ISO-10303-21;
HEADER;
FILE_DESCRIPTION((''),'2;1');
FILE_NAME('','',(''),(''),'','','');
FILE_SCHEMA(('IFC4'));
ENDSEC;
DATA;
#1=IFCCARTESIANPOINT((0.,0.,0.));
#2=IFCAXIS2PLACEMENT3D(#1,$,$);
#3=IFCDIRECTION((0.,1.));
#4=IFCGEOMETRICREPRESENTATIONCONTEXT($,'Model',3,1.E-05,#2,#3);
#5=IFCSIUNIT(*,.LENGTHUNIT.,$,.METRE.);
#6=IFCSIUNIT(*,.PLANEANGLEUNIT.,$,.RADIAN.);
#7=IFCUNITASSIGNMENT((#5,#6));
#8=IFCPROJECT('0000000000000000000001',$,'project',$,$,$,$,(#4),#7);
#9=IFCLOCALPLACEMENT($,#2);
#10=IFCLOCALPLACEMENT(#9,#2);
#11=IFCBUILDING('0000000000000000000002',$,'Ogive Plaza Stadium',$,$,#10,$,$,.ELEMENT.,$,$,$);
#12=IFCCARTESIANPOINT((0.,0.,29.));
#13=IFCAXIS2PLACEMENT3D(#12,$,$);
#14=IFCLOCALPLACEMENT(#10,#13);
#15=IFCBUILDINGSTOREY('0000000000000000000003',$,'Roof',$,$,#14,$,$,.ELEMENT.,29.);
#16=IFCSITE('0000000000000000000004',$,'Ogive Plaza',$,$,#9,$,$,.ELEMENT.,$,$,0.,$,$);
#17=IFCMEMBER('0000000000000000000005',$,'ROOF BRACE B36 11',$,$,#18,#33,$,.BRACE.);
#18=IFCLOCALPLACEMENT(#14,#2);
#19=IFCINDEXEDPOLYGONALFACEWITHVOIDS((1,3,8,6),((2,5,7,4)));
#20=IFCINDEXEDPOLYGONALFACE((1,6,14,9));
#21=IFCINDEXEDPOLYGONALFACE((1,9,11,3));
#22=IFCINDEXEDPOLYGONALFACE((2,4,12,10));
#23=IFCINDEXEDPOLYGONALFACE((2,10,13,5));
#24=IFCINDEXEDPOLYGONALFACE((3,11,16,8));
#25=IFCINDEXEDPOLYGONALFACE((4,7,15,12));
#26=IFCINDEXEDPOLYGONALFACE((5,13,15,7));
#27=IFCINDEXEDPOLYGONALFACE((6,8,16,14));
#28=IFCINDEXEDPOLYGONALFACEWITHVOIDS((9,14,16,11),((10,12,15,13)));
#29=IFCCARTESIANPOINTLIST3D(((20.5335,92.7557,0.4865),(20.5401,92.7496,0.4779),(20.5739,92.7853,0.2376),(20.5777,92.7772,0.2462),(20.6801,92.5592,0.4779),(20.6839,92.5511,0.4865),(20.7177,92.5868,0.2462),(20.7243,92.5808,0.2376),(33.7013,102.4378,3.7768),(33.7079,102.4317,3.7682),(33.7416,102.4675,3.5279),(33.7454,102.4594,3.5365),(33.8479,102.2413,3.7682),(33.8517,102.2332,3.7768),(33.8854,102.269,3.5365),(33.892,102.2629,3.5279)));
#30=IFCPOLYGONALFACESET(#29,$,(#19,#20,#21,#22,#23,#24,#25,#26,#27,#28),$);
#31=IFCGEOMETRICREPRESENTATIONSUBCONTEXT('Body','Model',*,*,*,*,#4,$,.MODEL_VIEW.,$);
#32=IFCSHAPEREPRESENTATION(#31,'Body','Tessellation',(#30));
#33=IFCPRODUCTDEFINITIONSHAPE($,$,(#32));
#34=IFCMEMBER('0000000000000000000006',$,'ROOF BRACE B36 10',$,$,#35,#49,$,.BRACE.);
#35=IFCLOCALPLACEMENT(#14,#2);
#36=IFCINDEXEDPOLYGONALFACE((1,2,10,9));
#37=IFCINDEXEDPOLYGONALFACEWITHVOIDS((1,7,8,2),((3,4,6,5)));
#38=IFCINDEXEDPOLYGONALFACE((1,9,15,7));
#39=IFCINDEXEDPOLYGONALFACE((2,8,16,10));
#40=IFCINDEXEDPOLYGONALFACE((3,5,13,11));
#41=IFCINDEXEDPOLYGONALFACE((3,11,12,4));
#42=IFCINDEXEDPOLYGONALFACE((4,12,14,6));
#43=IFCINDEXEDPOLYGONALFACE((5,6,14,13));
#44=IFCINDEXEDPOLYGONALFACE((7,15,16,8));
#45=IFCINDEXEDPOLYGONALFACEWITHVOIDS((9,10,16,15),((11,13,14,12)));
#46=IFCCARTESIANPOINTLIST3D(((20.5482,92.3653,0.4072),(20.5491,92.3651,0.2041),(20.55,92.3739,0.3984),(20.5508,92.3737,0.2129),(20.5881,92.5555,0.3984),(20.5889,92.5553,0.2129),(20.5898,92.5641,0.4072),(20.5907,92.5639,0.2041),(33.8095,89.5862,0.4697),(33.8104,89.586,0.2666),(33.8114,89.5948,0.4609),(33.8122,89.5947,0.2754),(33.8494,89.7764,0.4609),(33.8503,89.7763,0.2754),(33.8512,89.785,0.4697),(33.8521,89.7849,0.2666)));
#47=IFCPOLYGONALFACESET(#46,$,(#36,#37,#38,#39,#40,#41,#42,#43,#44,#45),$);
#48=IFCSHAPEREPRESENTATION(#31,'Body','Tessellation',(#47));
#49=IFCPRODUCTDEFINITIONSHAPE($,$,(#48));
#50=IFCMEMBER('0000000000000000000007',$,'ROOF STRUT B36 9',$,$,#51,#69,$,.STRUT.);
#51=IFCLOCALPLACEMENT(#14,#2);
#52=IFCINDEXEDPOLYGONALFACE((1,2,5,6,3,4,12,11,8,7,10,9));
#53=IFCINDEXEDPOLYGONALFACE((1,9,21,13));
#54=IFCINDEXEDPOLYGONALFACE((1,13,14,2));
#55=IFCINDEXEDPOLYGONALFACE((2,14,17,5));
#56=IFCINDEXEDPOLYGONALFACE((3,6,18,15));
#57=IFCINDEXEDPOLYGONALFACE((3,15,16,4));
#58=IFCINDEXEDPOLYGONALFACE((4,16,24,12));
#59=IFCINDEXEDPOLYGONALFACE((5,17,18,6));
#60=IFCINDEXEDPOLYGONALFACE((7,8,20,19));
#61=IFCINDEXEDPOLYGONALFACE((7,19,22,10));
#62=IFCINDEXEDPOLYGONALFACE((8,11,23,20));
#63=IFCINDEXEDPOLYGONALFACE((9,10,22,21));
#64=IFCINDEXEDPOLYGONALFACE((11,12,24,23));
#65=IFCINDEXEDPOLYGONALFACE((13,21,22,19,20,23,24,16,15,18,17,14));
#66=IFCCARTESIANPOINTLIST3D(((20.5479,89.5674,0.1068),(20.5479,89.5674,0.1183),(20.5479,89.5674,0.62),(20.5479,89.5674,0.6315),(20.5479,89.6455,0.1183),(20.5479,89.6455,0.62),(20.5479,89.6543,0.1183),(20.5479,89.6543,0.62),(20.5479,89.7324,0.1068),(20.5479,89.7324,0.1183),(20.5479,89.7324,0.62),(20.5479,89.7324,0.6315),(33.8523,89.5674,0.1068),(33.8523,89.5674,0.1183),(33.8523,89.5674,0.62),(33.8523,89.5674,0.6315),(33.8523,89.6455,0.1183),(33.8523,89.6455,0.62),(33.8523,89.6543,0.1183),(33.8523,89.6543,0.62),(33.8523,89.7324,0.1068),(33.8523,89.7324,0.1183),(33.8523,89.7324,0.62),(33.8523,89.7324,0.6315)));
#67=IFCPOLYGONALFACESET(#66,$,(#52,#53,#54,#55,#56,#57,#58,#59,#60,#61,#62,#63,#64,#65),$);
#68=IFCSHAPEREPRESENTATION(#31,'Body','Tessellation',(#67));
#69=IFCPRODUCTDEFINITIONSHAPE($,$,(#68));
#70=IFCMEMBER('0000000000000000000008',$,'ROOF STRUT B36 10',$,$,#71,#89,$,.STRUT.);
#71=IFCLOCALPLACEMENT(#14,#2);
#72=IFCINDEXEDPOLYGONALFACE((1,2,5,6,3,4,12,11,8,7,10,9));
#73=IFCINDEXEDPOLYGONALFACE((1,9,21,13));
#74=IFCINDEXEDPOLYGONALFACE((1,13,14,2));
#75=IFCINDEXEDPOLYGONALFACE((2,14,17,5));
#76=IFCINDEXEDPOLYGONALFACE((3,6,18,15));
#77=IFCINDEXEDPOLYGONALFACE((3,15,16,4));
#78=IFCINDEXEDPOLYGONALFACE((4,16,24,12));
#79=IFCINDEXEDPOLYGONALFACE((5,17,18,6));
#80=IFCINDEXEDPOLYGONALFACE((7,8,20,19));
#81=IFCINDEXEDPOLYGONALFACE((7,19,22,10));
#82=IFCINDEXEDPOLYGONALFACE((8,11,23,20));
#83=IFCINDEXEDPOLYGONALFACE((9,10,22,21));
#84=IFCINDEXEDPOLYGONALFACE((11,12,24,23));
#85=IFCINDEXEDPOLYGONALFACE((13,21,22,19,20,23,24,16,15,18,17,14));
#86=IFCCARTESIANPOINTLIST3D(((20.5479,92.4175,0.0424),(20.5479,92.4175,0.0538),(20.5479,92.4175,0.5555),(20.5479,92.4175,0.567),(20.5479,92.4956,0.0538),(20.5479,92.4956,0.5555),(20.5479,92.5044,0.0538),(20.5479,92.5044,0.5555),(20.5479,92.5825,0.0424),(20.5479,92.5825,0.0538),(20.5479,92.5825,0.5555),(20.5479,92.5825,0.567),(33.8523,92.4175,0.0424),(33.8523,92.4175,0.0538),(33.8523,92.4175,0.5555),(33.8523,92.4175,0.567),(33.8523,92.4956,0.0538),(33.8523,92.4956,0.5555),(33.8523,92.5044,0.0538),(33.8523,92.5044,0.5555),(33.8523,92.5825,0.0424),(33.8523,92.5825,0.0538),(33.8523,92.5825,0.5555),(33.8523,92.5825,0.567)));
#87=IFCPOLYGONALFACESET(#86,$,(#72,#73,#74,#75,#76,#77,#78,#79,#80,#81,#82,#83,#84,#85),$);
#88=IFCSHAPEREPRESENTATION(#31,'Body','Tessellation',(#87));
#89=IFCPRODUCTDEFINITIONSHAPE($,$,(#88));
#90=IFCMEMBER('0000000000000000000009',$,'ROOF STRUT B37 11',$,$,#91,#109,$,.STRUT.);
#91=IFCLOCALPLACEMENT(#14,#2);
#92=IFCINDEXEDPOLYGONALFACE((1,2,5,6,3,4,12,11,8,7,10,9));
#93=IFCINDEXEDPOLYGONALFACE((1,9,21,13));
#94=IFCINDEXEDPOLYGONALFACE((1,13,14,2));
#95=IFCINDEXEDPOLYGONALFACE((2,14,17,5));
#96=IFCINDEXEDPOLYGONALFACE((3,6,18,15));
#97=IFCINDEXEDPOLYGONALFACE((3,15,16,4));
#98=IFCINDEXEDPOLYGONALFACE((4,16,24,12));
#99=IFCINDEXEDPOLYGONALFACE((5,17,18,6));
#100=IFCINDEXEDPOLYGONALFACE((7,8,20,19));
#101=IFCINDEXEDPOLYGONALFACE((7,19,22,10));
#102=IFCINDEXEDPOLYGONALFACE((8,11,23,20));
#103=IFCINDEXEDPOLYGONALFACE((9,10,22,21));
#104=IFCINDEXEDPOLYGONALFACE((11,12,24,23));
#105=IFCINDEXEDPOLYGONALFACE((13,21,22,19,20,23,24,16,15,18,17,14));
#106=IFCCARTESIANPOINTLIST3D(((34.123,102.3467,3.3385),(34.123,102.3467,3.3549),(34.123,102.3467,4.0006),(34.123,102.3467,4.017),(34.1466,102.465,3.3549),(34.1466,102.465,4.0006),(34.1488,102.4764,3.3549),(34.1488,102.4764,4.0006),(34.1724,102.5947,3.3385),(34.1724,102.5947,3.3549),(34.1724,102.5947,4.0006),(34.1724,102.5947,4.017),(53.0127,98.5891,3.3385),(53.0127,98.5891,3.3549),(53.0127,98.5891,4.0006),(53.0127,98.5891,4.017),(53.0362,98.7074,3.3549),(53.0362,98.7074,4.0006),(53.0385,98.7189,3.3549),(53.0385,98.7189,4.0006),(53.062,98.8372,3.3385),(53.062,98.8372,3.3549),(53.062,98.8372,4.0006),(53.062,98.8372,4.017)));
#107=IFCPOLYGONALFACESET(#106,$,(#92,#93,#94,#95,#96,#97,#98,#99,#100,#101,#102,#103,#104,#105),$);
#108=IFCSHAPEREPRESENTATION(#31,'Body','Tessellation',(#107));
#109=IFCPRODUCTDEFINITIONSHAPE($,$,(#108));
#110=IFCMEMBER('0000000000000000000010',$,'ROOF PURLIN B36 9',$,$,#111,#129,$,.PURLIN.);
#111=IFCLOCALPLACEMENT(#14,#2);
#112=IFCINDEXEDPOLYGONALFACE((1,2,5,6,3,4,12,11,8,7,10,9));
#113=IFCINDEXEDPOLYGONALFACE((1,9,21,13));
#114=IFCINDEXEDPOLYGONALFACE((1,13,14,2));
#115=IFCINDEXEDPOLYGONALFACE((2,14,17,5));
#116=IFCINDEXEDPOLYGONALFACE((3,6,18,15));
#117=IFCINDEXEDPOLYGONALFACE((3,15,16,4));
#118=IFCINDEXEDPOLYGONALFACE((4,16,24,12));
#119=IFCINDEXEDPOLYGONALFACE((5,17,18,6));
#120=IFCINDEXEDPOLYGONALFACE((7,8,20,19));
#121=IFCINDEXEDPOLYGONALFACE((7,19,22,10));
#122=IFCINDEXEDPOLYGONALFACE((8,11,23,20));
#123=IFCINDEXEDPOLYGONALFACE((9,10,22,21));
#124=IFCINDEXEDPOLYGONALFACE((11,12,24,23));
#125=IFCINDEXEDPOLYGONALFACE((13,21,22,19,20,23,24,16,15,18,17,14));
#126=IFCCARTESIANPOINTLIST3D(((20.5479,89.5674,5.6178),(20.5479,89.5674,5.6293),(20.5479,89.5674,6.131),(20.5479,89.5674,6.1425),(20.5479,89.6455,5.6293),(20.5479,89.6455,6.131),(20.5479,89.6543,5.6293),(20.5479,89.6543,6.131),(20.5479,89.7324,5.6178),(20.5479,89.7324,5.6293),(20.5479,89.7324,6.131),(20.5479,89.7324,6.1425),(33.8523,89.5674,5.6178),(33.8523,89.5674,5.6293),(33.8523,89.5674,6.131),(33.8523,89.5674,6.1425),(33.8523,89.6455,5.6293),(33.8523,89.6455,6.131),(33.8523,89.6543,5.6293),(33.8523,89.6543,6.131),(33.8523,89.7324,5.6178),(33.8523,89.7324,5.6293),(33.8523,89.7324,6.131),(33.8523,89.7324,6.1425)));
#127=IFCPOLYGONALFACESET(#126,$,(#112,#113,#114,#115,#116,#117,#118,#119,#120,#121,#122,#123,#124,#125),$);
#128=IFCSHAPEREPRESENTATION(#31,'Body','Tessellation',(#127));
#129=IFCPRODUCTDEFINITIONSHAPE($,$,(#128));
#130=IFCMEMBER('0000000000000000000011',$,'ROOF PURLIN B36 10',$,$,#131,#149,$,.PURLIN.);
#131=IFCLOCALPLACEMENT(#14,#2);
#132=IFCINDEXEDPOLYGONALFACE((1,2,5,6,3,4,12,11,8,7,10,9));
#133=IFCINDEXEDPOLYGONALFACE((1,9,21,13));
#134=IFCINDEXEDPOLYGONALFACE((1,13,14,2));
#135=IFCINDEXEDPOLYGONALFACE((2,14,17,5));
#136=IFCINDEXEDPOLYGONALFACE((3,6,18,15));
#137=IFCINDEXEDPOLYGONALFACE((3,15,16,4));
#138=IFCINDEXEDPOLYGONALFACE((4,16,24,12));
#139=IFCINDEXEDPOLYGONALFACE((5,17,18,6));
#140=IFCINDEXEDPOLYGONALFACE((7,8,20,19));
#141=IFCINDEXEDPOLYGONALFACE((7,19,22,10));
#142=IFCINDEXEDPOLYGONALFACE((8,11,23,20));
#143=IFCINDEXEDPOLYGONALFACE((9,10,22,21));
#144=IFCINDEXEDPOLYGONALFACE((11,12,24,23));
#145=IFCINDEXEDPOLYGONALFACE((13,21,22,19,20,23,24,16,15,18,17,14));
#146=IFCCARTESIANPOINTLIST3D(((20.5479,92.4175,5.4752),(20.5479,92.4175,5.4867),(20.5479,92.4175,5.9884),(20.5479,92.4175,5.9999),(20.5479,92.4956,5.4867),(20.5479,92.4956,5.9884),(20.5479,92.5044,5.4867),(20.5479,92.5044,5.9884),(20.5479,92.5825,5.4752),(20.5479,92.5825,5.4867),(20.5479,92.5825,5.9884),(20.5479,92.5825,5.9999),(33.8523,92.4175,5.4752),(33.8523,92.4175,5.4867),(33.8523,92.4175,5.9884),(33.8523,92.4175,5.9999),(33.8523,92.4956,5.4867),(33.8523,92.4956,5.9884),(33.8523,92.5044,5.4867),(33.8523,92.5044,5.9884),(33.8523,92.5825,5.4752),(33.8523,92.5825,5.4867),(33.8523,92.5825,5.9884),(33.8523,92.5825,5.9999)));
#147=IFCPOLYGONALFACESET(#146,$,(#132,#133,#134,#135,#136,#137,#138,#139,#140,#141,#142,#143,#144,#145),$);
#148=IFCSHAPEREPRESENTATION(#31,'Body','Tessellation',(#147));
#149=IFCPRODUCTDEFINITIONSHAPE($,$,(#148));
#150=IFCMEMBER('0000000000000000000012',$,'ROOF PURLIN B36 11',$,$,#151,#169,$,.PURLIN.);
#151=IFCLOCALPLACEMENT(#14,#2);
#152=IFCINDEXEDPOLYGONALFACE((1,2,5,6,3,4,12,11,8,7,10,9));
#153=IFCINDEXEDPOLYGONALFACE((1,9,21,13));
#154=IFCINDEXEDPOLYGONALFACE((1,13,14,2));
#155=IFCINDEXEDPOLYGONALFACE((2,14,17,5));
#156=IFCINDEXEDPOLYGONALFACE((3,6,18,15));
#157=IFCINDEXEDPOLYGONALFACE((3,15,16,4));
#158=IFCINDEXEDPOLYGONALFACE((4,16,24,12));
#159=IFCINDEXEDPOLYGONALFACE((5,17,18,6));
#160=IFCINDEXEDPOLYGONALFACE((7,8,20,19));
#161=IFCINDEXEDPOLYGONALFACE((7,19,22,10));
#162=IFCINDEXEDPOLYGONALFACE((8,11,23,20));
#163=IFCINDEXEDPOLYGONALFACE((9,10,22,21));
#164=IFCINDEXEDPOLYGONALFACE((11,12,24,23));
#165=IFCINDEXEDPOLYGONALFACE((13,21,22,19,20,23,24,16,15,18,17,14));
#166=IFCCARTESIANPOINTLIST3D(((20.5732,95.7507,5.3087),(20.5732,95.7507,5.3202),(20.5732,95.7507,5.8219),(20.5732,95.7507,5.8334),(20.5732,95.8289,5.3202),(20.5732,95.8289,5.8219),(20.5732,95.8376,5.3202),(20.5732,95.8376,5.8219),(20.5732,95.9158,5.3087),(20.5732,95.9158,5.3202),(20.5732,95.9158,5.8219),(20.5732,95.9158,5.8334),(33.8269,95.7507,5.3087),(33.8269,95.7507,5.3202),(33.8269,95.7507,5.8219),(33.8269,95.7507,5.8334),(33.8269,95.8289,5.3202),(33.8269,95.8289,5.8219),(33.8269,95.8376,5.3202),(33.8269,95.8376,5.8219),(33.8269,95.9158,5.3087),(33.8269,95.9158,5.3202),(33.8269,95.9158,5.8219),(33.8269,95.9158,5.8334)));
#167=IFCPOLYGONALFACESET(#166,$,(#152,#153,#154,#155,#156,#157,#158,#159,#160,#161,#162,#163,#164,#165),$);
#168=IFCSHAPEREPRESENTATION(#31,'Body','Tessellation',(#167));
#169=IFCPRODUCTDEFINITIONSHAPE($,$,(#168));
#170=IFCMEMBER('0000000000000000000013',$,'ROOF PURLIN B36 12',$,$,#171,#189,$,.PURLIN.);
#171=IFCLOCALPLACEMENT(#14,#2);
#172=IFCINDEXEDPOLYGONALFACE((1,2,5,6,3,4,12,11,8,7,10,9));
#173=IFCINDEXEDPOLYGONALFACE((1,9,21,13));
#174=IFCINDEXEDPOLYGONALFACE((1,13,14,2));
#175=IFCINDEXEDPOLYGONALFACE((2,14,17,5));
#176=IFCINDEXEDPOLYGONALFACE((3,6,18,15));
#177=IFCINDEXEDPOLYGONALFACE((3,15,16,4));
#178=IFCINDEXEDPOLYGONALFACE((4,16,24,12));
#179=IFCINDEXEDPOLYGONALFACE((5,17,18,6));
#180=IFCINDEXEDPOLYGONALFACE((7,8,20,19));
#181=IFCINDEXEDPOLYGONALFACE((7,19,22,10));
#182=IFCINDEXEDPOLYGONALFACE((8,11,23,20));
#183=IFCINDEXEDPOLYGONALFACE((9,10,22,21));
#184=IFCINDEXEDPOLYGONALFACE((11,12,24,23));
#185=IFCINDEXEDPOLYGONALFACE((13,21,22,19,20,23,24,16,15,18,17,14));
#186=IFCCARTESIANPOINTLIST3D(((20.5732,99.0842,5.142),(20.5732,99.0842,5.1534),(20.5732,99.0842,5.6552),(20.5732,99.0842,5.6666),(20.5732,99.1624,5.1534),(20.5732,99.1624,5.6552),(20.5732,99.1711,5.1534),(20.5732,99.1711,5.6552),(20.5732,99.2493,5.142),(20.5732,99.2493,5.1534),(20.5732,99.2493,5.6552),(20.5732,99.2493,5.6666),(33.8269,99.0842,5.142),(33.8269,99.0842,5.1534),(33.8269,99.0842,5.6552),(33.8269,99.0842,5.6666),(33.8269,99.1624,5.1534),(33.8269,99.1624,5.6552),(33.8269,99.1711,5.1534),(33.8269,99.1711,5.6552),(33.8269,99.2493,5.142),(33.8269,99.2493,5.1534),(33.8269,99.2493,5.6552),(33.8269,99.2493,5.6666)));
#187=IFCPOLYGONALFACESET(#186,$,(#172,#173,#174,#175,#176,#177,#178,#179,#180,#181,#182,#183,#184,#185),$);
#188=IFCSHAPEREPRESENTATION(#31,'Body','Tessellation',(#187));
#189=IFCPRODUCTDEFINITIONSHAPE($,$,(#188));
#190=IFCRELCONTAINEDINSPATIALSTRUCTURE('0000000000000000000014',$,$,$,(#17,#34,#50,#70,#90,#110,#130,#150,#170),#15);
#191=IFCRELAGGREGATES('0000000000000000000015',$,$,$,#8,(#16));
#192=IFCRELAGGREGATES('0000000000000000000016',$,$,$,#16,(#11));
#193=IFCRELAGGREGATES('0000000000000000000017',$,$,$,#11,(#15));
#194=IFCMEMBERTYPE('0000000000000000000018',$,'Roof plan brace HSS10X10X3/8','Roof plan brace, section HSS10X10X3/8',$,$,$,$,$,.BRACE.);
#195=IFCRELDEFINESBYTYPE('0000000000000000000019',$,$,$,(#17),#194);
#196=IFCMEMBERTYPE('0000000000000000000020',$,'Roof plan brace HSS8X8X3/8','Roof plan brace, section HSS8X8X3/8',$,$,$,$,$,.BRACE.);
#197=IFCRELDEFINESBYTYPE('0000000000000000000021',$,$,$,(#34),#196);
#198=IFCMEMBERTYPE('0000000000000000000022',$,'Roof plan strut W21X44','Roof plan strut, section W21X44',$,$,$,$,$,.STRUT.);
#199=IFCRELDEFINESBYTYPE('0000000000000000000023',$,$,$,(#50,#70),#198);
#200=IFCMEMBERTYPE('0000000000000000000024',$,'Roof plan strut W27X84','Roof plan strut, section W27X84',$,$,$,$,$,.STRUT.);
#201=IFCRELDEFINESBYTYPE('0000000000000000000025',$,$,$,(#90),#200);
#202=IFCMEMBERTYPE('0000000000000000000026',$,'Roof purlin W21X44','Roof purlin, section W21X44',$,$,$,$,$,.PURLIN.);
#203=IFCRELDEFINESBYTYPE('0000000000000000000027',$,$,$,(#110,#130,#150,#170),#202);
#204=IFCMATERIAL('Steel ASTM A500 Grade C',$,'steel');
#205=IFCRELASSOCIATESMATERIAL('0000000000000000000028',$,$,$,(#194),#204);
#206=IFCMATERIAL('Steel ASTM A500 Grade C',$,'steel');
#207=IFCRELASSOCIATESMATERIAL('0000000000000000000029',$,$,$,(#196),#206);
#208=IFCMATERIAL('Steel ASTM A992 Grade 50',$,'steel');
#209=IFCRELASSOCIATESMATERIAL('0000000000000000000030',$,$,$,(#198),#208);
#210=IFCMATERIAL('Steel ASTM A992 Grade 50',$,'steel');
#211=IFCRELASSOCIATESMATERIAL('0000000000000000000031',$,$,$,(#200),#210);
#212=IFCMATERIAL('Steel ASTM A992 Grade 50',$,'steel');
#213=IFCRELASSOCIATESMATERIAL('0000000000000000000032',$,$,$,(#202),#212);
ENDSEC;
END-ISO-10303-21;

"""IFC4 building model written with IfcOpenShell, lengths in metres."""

from ifc_helpers import new_model, si_unit, direction, frame, origin, origin_2d, place, context, subcontext, project, spatial, hollow_rectangle, i_section, extrude, material, material_profile, profile_set, type_object, element, save


model = new_model("IFC4")

# Units and contexts
model_context = context("Model", 3, precision=1e-05, world=origin(), true_north=direction((0.0, 1.0)))
body_context = subcontext(model_context, "Body", "Model", "MODEL_VIEW")
ifc_project = project(units=[si_unit("LENGTHUNIT", "METRE"), si_unit("PLANEANGLEUNIT", "RADIAN")], contexts=[model_context])

# Site, building, storey
site_placement = place(None, origin())
site = spatial("IfcSite", under=ifc_project, at=site_placement, Name="Ogive Plaza", CompositionType="ELEMENT", RefElevation=0.0)
building_placement = place(site_placement, origin())
building = spatial("IfcBuilding", under=site, at=building_placement, Name="Ogive Plaza Stadium", CompositionType="ELEMENT")
storey_placement = place(building_placement, frame((0.0, 0.0, 29.0)))
storey = spatial("IfcBuildingStorey", under=building, at=storey_placement, Name="Roof", CompositionType="ELEMENT", Elevation=29.0)

# Members
ifc_material_1 = material(Name="Steel ASTM A500 Grade C", Category="steel")
ifc_material_profile_1 = material_profile(ifc_material_1, hollow_rectangle(XDim=0.2539, YDim=0.2539, WallThickness=0.0088, at=origin_2d()), Name="HSS10X10X3/8")
ifc_profile_set_1 = profile_set([ifc_material_profile_1], Name="Steel ASTM A500 Grade C")
member_type_1 = type_object("IfcMemberType", Name="Roof plan brace HSS10X10X3/8", Description="Roof plan brace, section HSS10X10X3/8", PredefinedType="BRACE", material=ifc_profile_set_1)
member_1_placement = place(storey_placement, frame((20.6289, 92.6682, 0.3621), z_axis=(0.789807, 0.580739, 0.197353), x_axis=(-0.59239, 0.805652, 0.0)))
element("IfcMember", 1, at=member_1_placement, inside=storey, type_object=member_type_1, Name="ROOF BRACE B36 11", PredefinedType="BRACE", context=body_context, shape_type="SweptSolid", body=[
    extrude(hollow_rectangle(XDim=0.2539, YDim=0.2539, WallThickness=0.0088, at=origin_2d()), origin(), (0.0, 0.0, 1.0), 16.6721),
])
ifc_material_2 = material(Name="Steel ASTM A500 Grade C", Category="steel")
ifc_material_profile_2 = material_profile(ifc_material_2, hollow_rectangle(XDim=0.2031, YDim=0.2031, WallThickness=0.0088, at=origin_2d()), Name="HSS8X8X3/8")
ifc_profile_set_2 = profile_set([ifc_material_profile_2], Name="Steel ASTM A500 Grade C")
member_type_2 = type_object("IfcMemberType", Name="Roof plan brace HSS8X8X3/8", Description="Roof plan brace, section HSS8X8X3/8", PredefinedType="BRACE", material=ifc_profile_set_2)
member_2_placement = place(storey_placement, frame((33.8308, 89.6855, 0.3682), z_axis=(-0.97873, 0.205101, -0.004613), x_axis=(-0.205103, -0.97874, 0.0)))
element("IfcMember", 2, at=member_2_placement, inside=storey, type_object=member_type_2, Name="ROOF BRACE B36 10", PredefinedType="BRACE", context=body_context, shape_type="SweptSolid", body=[
    extrude(hollow_rectangle(XDim=0.2031, YDim=0.2031, WallThickness=0.0088, at=origin_2d()), origin(), (0.0, 0.0, 1.0), 13.5496),
])
ifc_material_3 = material(Name="Steel ASTM A992 Grade 50", Category="steel")
ifc_material_profile_3 = material_profile(ifc_material_3, i_section(OverallWidth=0.165, OverallDepth=0.5247, WebThickness=0.0088, FlangeThickness=0.0115, at=origin_2d()), Name="W21X44")
ifc_profile_set_3 = profile_set([ifc_material_profile_3], Name="Steel ASTM A992 Grade 50")
member_type_3 = type_object("IfcMemberType", Name="Roof plan strut W21X44", Description="Roof plan strut, section W21X44", PredefinedType="STRUT", material=ifc_profile_set_3)
for number, where, z_axis, x_axis, name in (
    (3, (20.5479, 89.6499, 0.3691), (1.0, 0.0, 0.0), (0.0, 1.0, 0.0), "ROOF STRUT B36 9"),
    (4, (20.5479, 92.5, 0.3047), (1.0, 0.0, 0.0), (0.0, 1.0, 0.0), "ROOF STRUT B36 10"),
):
    element("IfcMember", number, at=place(storey_placement, frame(where, z_axis=z_axis, x_axis=x_axis)), inside=storey, type_object=member_type_3, Name=name, PredefinedType="STRUT", context=body_context, shape_type="SweptSolid", body=[
        extrude(i_section(OverallWidth=0.165, OverallDepth=0.5247, WebThickness=0.0088, FlangeThickness=0.0115, at=origin_2d()), origin(), (0.0, 0.0, 1.0), 13.3044),
    ])
ifc_material_4 = material(Name="Steel ASTM A992 Grade 50", Category="steel")
ifc_material_profile_4 = material_profile(ifc_material_4, i_section(OverallWidth=0.2529, OverallDepth=0.6785, WebThickness=0.0117, FlangeThickness=0.0164, at=origin_2d()), Name="W27X84")
ifc_profile_set_4 = profile_set([ifc_material_profile_4], Name="Steel ASTM A992 Grade 50")
member_type_4 = type_object("IfcMemberType", Name="Roof plan strut W27X84", Description="Roof plan strut, section W27X84", PredefinedType="STRUT", material=ifc_profile_set_4)
member_3_placement = place(storey_placement, frame((34.1477, 102.4707, 3.6777), z_axis=(0.980783, -0.195099, 0.0), x_axis=(0.195099, 0.980783, 0.0)))
element("IfcMember", 5, at=member_3_placement, inside=storey, type_object=member_type_4, Name="ROOF STRUT B37 11", PredefinedType="STRUT", context=body_context, shape_type="SweptSolid", body=[
    extrude(i_section(OverallWidth=0.2529, OverallDepth=0.6785, WebThickness=0.0117, FlangeThickness=0.0164, at=origin_2d()), origin(), (0.0, 0.0, 1.0), 19.2598),
])
ifc_material_5 = material(Name="Steel ASTM A992 Grade 50", Category="steel")
ifc_material_profile_5 = material_profile(ifc_material_5, i_section(OverallWidth=0.165, OverallDepth=0.5247, WebThickness=0.0088, FlangeThickness=0.0115, at=origin_2d()), Name="W21X44")
ifc_profile_set_5 = profile_set([ifc_material_profile_5], Name="Steel ASTM A992 Grade 50")
member_type_5 = type_object("IfcMemberType", Name="Roof purlin W21X44", Description="Roof purlin, section W21X44", PredefinedType="PURLIN", material=ifc_profile_set_5)
for number, where, z_axis, x_axis, name in (
    (6, (20.5479, 89.6499, 5.8801), (1.0, 0.0, 0.0), (0.0, 1.0, 0.0), "ROOF PURLIN B36 9"),
    (7, (20.5479, 92.5, 5.7375), (1.0, 0.0, 0.0), (0.0, 1.0, 0.0), "ROOF PURLIN B36 10"),
):
    element("IfcMember", number, at=place(storey_placement, frame(where, z_axis=z_axis, x_axis=x_axis)), inside=storey, type_object=member_type_5, Name=name, PredefinedType="PURLIN", context=body_context, shape_type="SweptSolid", body=[
        extrude(i_section(OverallWidth=0.165, OverallDepth=0.5247, WebThickness=0.0088, FlangeThickness=0.0115, at=origin_2d()), origin(), (0.0, 0.0, 1.0), 13.3044),
    ])
for number, where, z_axis, x_axis, name in (
    (8, (20.5732, 95.8333, 5.571), (1.0, 0.0, 0.0), (0.0, 1.0, 0.0), "ROOF PURLIN B36 11"),
    (9, (20.5732, 99.1667, 5.4043), (1.0, 0.0, 0.0), (0.0, 1.0, 0.0), "ROOF PURLIN B36 12"),
):
    element("IfcMember", number, at=place(storey_placement, frame(where, z_axis=z_axis, x_axis=x_axis)), inside=storey, type_object=member_type_5, Name=name, PredefinedType="PURLIN", context=body_context, shape_type="SweptSolid", body=[
        extrude(i_section(OverallWidth=0.165, OverallDepth=0.5247, WebThickness=0.0088, FlangeThickness=0.0115, at=origin_2d()), origin(), (0.0, 0.0, 1.0), 13.2537),
    ])

save(model, "model.ifc")
